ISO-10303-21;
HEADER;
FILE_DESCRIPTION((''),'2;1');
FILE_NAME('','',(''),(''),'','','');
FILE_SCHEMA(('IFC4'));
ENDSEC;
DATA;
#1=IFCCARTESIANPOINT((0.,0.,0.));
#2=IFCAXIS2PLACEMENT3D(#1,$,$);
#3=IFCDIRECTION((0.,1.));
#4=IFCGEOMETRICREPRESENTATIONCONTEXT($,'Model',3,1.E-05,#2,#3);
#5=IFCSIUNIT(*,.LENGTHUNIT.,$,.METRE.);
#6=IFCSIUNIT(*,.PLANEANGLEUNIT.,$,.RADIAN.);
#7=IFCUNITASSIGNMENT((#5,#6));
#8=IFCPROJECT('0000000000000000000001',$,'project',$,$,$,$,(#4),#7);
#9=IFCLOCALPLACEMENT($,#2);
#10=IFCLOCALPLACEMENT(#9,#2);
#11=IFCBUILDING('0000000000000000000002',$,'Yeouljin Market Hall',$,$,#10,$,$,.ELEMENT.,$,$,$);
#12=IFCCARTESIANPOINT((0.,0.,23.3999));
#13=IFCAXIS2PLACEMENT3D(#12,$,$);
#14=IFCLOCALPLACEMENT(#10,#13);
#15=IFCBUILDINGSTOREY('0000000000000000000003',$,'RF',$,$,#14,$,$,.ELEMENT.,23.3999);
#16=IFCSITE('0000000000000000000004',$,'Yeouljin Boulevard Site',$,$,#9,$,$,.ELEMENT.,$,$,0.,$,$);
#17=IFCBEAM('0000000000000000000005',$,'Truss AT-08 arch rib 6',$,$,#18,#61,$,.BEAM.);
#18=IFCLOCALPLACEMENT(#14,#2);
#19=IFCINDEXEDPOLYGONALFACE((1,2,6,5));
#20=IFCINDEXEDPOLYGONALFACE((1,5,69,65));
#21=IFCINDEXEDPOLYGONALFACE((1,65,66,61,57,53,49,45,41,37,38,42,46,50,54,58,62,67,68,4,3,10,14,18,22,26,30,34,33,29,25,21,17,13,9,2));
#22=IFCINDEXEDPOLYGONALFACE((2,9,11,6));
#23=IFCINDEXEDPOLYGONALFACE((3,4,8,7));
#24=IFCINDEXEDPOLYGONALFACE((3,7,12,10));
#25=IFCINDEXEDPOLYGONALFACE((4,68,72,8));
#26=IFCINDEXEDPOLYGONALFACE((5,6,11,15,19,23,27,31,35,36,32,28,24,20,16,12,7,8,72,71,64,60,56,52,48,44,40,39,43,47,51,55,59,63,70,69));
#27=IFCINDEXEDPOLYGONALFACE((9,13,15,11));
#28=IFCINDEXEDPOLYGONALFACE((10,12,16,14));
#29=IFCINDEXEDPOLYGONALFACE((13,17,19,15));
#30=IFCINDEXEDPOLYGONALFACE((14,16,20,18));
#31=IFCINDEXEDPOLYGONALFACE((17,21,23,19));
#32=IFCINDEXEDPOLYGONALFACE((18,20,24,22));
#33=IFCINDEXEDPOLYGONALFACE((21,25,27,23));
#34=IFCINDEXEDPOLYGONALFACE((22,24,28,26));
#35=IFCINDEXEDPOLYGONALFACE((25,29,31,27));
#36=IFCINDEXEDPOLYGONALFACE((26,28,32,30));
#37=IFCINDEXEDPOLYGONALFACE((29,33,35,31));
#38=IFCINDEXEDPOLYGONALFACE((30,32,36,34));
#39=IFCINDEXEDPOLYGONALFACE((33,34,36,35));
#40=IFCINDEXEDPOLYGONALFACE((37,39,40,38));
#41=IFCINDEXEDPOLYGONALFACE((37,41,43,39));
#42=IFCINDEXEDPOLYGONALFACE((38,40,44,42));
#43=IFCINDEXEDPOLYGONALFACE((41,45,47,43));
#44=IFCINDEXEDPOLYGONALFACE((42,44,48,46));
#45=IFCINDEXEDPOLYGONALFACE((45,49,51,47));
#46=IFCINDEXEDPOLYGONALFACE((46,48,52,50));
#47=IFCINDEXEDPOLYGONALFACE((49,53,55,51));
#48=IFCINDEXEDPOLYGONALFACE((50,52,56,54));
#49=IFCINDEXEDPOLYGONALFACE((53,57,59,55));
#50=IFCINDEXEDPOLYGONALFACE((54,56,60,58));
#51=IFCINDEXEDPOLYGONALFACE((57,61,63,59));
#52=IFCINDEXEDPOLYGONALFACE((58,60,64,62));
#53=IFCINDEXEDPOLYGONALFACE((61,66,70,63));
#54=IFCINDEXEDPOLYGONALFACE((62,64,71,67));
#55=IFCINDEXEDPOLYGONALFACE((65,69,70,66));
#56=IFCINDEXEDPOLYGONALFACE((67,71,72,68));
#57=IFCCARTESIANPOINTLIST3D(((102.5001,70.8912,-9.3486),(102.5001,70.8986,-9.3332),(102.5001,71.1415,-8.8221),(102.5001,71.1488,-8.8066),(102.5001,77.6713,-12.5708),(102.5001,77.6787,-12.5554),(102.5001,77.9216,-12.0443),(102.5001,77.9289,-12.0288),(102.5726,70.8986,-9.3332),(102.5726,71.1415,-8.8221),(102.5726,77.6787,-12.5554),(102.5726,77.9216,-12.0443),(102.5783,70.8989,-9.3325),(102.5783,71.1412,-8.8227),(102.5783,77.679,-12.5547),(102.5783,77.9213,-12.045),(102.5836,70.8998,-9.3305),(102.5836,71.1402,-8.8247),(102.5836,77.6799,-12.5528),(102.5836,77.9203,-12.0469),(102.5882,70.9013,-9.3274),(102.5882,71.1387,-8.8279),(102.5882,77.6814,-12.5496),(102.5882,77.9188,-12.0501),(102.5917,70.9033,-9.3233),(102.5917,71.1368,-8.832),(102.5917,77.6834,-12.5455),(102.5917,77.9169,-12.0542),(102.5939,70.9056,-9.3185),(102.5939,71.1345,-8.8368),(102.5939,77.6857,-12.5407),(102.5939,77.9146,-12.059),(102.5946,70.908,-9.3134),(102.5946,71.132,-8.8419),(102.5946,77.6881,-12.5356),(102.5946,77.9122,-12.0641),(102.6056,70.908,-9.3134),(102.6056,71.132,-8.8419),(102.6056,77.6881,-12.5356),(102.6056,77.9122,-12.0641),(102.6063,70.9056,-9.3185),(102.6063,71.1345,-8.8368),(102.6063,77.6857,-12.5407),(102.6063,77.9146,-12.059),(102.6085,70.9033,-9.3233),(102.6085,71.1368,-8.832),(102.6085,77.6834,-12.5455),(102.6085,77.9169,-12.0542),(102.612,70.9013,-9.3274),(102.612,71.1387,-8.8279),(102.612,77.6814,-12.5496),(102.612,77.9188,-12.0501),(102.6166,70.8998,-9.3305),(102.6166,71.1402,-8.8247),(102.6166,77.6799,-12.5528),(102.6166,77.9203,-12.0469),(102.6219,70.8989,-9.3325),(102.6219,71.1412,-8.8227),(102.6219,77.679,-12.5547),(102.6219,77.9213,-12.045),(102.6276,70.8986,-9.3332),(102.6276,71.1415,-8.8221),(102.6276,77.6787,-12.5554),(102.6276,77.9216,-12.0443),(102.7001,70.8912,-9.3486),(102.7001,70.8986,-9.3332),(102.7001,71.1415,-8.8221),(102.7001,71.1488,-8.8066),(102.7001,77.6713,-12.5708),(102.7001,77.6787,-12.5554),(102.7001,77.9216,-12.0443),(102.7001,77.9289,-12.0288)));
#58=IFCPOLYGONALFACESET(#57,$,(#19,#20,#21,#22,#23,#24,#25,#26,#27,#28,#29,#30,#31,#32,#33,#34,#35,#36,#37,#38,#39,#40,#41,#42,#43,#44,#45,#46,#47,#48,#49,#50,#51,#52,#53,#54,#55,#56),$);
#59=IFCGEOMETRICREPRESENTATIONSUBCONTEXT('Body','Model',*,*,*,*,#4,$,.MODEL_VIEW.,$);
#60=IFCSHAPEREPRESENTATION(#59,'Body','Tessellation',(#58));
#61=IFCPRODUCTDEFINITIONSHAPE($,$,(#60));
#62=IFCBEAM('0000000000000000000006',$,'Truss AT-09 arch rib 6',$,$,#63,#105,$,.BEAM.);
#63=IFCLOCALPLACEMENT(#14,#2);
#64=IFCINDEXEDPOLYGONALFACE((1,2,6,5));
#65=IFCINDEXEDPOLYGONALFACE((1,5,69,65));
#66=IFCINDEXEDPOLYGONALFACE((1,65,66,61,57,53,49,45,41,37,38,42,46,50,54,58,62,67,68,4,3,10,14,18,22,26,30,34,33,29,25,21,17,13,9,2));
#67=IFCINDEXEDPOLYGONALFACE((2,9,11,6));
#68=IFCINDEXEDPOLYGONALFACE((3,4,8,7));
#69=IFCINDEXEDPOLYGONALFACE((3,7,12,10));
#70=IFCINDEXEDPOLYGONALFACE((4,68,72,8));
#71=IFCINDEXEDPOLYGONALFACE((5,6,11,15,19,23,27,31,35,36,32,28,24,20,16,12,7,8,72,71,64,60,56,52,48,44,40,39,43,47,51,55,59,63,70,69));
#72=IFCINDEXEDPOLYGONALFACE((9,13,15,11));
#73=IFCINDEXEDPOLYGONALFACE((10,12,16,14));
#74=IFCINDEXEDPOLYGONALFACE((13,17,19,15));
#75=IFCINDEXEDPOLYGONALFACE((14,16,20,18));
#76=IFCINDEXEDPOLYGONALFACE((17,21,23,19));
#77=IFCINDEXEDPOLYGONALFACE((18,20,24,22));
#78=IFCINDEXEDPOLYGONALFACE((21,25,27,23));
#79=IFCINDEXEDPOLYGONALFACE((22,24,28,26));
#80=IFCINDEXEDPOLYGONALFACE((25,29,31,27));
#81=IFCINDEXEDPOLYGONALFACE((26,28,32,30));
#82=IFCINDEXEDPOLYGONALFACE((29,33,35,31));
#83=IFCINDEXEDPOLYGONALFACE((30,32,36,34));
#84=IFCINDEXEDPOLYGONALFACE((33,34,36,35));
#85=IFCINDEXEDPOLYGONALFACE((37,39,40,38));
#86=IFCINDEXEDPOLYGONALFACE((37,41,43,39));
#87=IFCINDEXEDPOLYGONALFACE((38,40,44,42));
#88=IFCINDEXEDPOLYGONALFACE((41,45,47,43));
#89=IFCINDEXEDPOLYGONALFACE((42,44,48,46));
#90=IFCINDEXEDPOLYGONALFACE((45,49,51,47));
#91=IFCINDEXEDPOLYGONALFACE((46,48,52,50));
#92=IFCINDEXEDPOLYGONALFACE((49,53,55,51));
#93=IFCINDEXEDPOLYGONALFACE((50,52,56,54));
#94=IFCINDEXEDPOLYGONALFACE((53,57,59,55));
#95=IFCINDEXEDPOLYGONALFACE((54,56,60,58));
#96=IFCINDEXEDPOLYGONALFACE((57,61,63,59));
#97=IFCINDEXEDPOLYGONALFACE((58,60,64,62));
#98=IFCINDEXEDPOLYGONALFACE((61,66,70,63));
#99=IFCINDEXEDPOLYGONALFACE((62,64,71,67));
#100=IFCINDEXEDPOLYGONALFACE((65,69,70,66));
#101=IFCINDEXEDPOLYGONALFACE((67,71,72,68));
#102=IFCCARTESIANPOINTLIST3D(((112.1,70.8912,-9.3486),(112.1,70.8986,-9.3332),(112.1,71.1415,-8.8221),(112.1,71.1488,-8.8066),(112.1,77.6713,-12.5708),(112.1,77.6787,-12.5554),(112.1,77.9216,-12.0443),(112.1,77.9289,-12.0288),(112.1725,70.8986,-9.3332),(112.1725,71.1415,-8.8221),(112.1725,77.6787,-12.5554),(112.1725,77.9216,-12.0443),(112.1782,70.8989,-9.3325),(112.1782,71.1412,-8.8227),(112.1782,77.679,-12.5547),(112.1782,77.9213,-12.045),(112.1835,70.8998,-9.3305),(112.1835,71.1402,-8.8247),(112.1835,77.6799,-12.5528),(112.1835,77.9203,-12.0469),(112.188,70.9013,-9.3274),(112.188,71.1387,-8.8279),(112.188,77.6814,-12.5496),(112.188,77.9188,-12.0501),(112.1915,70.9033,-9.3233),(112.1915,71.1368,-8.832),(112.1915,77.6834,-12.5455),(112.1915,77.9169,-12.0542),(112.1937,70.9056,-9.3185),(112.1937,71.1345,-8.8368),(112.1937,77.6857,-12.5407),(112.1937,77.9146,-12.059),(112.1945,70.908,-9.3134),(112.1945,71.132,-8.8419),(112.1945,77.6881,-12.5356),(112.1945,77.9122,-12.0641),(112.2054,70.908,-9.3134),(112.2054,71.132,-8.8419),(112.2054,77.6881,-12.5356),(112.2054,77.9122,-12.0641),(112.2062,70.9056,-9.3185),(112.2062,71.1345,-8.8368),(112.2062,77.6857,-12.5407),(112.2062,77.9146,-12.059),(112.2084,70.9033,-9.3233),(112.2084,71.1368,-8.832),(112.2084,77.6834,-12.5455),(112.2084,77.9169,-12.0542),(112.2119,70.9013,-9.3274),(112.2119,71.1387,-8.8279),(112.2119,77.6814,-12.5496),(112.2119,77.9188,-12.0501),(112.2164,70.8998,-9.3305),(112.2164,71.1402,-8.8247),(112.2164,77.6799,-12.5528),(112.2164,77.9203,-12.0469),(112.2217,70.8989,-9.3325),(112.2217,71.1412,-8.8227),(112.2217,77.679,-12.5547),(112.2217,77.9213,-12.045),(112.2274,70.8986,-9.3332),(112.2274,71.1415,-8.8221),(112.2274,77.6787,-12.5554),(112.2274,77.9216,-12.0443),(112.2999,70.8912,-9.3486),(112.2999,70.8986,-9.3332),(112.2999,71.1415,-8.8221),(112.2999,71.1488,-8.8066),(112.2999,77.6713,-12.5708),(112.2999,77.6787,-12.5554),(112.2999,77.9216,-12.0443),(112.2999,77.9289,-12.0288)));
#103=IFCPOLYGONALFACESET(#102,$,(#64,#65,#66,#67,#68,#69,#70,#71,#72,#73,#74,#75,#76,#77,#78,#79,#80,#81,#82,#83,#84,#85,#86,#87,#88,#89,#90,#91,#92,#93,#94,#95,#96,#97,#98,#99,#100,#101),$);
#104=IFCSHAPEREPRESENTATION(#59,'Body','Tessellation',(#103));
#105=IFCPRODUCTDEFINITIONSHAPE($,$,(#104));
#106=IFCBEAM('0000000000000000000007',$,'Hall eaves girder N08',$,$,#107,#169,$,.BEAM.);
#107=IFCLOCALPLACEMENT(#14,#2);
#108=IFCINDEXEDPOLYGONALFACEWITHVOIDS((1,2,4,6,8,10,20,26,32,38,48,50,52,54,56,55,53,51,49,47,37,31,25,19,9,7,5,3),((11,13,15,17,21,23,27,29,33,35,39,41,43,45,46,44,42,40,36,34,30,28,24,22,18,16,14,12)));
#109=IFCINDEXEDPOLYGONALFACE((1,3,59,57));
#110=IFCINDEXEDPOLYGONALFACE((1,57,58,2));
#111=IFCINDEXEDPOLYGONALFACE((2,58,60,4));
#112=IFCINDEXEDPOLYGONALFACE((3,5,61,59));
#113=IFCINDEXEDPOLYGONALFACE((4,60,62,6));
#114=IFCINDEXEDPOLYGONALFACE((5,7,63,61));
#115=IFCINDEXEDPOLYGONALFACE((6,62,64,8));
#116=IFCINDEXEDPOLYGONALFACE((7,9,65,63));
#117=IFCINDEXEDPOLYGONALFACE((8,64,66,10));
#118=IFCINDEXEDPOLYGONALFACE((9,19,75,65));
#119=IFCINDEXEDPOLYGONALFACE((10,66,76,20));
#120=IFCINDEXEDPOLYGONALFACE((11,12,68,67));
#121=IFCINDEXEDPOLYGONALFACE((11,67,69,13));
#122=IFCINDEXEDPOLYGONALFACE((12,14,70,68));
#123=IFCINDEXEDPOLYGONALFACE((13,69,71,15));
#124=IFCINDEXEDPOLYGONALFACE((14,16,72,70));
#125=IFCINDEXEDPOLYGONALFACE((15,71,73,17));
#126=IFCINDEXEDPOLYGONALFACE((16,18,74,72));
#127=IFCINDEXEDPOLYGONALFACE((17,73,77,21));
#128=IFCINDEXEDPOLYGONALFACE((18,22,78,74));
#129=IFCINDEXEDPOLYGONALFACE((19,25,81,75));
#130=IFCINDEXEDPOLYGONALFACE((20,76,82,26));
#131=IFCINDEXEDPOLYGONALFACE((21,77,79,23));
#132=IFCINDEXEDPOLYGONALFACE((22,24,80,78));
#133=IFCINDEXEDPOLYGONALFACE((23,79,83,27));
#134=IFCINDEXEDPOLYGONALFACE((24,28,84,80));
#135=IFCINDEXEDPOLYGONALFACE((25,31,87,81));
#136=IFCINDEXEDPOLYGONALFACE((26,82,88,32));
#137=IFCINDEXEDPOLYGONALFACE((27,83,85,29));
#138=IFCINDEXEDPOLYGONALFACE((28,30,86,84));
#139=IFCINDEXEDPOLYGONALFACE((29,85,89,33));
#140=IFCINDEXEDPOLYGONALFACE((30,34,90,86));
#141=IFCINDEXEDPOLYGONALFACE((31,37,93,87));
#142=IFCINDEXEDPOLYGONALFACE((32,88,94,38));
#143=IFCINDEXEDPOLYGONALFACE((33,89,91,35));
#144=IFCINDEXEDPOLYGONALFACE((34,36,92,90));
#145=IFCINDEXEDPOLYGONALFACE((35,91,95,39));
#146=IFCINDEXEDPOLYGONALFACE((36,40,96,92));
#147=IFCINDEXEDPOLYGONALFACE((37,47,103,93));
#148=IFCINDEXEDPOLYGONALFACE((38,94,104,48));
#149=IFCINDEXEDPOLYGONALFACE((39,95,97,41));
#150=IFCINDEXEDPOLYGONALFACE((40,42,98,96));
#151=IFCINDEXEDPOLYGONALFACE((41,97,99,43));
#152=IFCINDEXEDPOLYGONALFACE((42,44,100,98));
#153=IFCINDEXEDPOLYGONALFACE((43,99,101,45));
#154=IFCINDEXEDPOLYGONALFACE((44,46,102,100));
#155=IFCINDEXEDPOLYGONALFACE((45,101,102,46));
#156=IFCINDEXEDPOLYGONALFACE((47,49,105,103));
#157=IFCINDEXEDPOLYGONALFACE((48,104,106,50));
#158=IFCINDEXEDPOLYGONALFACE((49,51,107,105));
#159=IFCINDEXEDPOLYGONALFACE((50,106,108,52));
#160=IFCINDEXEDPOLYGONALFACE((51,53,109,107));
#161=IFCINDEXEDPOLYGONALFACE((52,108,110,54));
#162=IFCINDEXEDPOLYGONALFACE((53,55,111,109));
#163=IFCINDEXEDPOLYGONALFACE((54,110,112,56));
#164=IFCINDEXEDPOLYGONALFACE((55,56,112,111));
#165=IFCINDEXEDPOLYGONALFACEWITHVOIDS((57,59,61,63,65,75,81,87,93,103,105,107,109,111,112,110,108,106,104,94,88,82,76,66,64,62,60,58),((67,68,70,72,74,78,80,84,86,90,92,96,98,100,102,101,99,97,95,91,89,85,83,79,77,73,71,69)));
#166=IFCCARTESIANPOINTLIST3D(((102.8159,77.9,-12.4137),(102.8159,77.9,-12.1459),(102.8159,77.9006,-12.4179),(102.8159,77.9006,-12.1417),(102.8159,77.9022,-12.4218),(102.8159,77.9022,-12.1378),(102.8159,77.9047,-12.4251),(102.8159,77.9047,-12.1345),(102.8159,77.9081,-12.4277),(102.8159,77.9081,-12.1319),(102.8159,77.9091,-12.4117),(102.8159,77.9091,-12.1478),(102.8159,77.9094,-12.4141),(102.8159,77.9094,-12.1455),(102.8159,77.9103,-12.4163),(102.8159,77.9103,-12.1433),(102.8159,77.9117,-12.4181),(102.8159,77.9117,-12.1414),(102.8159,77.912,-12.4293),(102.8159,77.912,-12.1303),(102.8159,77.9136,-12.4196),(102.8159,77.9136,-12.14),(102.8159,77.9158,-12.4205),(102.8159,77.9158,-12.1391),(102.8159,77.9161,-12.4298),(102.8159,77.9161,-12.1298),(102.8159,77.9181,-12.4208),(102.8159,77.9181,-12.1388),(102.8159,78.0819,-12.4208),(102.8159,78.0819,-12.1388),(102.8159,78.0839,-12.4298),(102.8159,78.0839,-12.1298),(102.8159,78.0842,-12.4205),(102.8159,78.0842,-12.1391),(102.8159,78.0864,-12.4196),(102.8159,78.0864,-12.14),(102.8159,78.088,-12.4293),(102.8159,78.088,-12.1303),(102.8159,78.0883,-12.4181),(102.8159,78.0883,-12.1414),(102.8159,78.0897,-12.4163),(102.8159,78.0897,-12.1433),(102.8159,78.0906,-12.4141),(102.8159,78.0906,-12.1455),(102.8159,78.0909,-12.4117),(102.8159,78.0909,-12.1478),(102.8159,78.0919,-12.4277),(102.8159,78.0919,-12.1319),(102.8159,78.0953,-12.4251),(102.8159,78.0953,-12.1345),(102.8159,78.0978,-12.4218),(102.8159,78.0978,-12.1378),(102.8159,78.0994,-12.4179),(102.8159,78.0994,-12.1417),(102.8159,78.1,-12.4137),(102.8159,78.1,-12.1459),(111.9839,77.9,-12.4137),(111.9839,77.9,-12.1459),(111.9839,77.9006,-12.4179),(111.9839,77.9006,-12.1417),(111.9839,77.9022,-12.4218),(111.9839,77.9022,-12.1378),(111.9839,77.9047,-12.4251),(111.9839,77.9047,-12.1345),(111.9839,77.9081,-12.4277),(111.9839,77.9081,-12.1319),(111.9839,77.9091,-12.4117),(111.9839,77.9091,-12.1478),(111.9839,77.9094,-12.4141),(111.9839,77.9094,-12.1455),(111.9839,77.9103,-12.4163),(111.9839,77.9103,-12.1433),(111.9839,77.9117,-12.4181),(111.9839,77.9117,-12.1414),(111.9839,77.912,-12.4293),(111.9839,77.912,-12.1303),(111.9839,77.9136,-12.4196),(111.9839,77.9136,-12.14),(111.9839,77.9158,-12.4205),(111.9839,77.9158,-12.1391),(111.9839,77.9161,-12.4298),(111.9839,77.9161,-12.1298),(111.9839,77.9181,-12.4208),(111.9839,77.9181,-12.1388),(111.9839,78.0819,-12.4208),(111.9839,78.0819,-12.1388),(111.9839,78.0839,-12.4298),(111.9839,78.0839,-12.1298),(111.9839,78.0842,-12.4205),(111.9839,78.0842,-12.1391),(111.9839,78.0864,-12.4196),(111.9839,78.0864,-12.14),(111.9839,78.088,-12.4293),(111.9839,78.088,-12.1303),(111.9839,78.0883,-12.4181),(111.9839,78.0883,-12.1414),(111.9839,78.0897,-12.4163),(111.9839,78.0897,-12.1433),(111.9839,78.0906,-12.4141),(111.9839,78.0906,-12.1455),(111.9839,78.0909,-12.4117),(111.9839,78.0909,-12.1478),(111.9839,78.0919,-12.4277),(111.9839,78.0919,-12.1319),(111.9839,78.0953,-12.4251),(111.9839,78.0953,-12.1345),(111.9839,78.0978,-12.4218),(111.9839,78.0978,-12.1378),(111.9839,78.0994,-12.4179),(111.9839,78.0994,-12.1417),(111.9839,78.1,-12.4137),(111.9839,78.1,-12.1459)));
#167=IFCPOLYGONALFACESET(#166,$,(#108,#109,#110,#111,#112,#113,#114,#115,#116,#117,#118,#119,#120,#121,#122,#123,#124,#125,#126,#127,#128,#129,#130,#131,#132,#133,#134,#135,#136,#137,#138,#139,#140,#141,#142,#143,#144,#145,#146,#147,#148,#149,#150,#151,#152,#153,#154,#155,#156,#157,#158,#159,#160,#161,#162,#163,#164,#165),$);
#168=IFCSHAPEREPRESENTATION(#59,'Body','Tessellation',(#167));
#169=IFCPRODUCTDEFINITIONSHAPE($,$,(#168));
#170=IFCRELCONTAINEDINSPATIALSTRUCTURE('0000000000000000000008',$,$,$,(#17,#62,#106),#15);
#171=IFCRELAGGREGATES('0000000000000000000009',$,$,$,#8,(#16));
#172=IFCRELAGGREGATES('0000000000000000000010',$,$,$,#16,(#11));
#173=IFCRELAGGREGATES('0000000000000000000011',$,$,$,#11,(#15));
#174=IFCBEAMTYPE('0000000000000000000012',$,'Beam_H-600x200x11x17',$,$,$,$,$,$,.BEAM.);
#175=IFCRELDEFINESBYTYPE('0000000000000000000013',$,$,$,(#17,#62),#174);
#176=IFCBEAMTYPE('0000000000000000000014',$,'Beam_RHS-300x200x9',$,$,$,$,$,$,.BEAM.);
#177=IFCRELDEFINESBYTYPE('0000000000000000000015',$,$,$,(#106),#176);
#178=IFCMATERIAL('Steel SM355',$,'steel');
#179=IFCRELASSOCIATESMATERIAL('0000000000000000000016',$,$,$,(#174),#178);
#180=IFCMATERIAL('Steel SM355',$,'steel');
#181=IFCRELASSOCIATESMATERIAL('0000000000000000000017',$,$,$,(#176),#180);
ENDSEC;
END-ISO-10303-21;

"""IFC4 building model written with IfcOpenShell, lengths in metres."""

from ifc_helpers import new_model, si_unit, direction, frame, origin, origin_2d, place, context, subcontext, project, spatial, hollow_rectangle, i_section, extrude, material, material_profile, profile_set, type_object, element, save


model = new_model("IFC4")

# Units and contexts
model_context = context("Model", 3, precision=1e-05, world=origin(), true_north=direction((0.0, 1.0)))
body_context = subcontext(model_context, "Body", "Model", "MODEL_VIEW")
ifc_project = project(units=[si_unit("LENGTHUNIT", "METRE"), si_unit("PLANEANGLEUNIT", "RADIAN")], contexts=[model_context])

# Site, building, storey
site_placement = place(None, origin())
site = spatial("IfcSite", under=ifc_project, at=site_placement, Name="Yeouljin Boulevard Site", CompositionType="ELEMENT", RefElevation=0.0)
building_placement = place(site_placement, origin())
building = spatial("IfcBuilding", under=site, at=building_placement, Name="Yeouljin Market Hall", CompositionType="ELEMENT")
storey_placement = place(building_placement, frame((0.0, 0.0, 23.3999)))
storey = spatial("IfcBuildingStorey", under=building, at=storey_placement, Name="RF", CompositionType="ELEMENT", Elevation=23.3999)

# Beams
ifc_material_1 = material(Name="Steel SM355", Category="steel")
ifc_material_profile_1 = material_profile(ifc_material_1, i_section(OverallWidth=0.2, OverallDepth=0.6001, WebThickness=0.011, FlangeThickness=0.0171, FilletRadius=0.022, at=origin_2d()), Name="H-600x200x11x17")
ifc_profile_set_1 = profile_set([ifc_material_profile_1], Name="Steel SM355")
beam_type_1 = type_object("IfcBeamType", Name="Beam_H-600x200x11x17", PredefinedType="BEAM", material=ifc_profile_set_1)
for number, where, z_axis, x_axis, name in (
    (1, (102.6001, 71.02, -9.0776), (0.0, 0.903192, -0.429237), (-1.0, 0.0, 0.0), "Truss AT-08 arch rib 6"),
    (2, (112.2, 71.02, -9.0776), (0.0, 0.903192, -0.429237), (-1.0, 0.0, 0.0), "Truss AT-09 arch rib 6"),
):
    element("IfcBeam", number, at=place(storey_placement, frame(where, z_axis=z_axis, x_axis=x_axis)), inside=storey, type_object=beam_type_1, Name=name, PredefinedType="BEAM", context=body_context, shape_type="SweptSolid", body=[
        extrude(i_section(OverallWidth=0.2, OverallDepth=0.6001, WebThickness=0.011, FlangeThickness=0.0171, FilletRadius=0.022, at=origin_2d()), origin(), (0.0, 0.0, 1.0), 7.5068),
    ])
ifc_material_2 = material(Name="Steel SM355", Category="steel")
ifc_material_profile_2 = material_profile(ifc_material_2, hollow_rectangle(XDim=0.2, YDim=0.3, WallThickness=0.009, InnerFilletRadius=0.009, OuterFilletRadius=0.0161, at=origin_2d()), Name="RHS-300x200x9")
ifc_profile_set_2 = profile_set([ifc_material_profile_2], Name="Steel SM355")
beam_type_2 = type_object("IfcBeamType", Name="Beam_RHS-300x200x9", PredefinedType="BEAM", material=ifc_profile_set_2)
for number, where, z_axis, x_axis, name in (
    (3, (102.8159, 78.0, -12.2798), (1.0, 0.0, 0.0), (0.0, 1.0, 0.0), "Hall eaves girder N08"),
):
    element("IfcBeam", number, at=place(storey_placement, frame(where, z_axis=z_axis, x_axis=x_axis)), inside=storey, type_object=beam_type_2, Name=name, PredefinedType="BEAM", context=body_context, shape_type="SweptSolid", body=[
        extrude(hollow_rectangle(XDim=0.2, YDim=0.3, WallThickness=0.009, InnerFilletRadius=0.009, OuterFilletRadius=0.0161, at=origin_2d()), origin(), (0.0, 0.0, 1.0), 9.168),
    ])

save(model, "model.ifc")
